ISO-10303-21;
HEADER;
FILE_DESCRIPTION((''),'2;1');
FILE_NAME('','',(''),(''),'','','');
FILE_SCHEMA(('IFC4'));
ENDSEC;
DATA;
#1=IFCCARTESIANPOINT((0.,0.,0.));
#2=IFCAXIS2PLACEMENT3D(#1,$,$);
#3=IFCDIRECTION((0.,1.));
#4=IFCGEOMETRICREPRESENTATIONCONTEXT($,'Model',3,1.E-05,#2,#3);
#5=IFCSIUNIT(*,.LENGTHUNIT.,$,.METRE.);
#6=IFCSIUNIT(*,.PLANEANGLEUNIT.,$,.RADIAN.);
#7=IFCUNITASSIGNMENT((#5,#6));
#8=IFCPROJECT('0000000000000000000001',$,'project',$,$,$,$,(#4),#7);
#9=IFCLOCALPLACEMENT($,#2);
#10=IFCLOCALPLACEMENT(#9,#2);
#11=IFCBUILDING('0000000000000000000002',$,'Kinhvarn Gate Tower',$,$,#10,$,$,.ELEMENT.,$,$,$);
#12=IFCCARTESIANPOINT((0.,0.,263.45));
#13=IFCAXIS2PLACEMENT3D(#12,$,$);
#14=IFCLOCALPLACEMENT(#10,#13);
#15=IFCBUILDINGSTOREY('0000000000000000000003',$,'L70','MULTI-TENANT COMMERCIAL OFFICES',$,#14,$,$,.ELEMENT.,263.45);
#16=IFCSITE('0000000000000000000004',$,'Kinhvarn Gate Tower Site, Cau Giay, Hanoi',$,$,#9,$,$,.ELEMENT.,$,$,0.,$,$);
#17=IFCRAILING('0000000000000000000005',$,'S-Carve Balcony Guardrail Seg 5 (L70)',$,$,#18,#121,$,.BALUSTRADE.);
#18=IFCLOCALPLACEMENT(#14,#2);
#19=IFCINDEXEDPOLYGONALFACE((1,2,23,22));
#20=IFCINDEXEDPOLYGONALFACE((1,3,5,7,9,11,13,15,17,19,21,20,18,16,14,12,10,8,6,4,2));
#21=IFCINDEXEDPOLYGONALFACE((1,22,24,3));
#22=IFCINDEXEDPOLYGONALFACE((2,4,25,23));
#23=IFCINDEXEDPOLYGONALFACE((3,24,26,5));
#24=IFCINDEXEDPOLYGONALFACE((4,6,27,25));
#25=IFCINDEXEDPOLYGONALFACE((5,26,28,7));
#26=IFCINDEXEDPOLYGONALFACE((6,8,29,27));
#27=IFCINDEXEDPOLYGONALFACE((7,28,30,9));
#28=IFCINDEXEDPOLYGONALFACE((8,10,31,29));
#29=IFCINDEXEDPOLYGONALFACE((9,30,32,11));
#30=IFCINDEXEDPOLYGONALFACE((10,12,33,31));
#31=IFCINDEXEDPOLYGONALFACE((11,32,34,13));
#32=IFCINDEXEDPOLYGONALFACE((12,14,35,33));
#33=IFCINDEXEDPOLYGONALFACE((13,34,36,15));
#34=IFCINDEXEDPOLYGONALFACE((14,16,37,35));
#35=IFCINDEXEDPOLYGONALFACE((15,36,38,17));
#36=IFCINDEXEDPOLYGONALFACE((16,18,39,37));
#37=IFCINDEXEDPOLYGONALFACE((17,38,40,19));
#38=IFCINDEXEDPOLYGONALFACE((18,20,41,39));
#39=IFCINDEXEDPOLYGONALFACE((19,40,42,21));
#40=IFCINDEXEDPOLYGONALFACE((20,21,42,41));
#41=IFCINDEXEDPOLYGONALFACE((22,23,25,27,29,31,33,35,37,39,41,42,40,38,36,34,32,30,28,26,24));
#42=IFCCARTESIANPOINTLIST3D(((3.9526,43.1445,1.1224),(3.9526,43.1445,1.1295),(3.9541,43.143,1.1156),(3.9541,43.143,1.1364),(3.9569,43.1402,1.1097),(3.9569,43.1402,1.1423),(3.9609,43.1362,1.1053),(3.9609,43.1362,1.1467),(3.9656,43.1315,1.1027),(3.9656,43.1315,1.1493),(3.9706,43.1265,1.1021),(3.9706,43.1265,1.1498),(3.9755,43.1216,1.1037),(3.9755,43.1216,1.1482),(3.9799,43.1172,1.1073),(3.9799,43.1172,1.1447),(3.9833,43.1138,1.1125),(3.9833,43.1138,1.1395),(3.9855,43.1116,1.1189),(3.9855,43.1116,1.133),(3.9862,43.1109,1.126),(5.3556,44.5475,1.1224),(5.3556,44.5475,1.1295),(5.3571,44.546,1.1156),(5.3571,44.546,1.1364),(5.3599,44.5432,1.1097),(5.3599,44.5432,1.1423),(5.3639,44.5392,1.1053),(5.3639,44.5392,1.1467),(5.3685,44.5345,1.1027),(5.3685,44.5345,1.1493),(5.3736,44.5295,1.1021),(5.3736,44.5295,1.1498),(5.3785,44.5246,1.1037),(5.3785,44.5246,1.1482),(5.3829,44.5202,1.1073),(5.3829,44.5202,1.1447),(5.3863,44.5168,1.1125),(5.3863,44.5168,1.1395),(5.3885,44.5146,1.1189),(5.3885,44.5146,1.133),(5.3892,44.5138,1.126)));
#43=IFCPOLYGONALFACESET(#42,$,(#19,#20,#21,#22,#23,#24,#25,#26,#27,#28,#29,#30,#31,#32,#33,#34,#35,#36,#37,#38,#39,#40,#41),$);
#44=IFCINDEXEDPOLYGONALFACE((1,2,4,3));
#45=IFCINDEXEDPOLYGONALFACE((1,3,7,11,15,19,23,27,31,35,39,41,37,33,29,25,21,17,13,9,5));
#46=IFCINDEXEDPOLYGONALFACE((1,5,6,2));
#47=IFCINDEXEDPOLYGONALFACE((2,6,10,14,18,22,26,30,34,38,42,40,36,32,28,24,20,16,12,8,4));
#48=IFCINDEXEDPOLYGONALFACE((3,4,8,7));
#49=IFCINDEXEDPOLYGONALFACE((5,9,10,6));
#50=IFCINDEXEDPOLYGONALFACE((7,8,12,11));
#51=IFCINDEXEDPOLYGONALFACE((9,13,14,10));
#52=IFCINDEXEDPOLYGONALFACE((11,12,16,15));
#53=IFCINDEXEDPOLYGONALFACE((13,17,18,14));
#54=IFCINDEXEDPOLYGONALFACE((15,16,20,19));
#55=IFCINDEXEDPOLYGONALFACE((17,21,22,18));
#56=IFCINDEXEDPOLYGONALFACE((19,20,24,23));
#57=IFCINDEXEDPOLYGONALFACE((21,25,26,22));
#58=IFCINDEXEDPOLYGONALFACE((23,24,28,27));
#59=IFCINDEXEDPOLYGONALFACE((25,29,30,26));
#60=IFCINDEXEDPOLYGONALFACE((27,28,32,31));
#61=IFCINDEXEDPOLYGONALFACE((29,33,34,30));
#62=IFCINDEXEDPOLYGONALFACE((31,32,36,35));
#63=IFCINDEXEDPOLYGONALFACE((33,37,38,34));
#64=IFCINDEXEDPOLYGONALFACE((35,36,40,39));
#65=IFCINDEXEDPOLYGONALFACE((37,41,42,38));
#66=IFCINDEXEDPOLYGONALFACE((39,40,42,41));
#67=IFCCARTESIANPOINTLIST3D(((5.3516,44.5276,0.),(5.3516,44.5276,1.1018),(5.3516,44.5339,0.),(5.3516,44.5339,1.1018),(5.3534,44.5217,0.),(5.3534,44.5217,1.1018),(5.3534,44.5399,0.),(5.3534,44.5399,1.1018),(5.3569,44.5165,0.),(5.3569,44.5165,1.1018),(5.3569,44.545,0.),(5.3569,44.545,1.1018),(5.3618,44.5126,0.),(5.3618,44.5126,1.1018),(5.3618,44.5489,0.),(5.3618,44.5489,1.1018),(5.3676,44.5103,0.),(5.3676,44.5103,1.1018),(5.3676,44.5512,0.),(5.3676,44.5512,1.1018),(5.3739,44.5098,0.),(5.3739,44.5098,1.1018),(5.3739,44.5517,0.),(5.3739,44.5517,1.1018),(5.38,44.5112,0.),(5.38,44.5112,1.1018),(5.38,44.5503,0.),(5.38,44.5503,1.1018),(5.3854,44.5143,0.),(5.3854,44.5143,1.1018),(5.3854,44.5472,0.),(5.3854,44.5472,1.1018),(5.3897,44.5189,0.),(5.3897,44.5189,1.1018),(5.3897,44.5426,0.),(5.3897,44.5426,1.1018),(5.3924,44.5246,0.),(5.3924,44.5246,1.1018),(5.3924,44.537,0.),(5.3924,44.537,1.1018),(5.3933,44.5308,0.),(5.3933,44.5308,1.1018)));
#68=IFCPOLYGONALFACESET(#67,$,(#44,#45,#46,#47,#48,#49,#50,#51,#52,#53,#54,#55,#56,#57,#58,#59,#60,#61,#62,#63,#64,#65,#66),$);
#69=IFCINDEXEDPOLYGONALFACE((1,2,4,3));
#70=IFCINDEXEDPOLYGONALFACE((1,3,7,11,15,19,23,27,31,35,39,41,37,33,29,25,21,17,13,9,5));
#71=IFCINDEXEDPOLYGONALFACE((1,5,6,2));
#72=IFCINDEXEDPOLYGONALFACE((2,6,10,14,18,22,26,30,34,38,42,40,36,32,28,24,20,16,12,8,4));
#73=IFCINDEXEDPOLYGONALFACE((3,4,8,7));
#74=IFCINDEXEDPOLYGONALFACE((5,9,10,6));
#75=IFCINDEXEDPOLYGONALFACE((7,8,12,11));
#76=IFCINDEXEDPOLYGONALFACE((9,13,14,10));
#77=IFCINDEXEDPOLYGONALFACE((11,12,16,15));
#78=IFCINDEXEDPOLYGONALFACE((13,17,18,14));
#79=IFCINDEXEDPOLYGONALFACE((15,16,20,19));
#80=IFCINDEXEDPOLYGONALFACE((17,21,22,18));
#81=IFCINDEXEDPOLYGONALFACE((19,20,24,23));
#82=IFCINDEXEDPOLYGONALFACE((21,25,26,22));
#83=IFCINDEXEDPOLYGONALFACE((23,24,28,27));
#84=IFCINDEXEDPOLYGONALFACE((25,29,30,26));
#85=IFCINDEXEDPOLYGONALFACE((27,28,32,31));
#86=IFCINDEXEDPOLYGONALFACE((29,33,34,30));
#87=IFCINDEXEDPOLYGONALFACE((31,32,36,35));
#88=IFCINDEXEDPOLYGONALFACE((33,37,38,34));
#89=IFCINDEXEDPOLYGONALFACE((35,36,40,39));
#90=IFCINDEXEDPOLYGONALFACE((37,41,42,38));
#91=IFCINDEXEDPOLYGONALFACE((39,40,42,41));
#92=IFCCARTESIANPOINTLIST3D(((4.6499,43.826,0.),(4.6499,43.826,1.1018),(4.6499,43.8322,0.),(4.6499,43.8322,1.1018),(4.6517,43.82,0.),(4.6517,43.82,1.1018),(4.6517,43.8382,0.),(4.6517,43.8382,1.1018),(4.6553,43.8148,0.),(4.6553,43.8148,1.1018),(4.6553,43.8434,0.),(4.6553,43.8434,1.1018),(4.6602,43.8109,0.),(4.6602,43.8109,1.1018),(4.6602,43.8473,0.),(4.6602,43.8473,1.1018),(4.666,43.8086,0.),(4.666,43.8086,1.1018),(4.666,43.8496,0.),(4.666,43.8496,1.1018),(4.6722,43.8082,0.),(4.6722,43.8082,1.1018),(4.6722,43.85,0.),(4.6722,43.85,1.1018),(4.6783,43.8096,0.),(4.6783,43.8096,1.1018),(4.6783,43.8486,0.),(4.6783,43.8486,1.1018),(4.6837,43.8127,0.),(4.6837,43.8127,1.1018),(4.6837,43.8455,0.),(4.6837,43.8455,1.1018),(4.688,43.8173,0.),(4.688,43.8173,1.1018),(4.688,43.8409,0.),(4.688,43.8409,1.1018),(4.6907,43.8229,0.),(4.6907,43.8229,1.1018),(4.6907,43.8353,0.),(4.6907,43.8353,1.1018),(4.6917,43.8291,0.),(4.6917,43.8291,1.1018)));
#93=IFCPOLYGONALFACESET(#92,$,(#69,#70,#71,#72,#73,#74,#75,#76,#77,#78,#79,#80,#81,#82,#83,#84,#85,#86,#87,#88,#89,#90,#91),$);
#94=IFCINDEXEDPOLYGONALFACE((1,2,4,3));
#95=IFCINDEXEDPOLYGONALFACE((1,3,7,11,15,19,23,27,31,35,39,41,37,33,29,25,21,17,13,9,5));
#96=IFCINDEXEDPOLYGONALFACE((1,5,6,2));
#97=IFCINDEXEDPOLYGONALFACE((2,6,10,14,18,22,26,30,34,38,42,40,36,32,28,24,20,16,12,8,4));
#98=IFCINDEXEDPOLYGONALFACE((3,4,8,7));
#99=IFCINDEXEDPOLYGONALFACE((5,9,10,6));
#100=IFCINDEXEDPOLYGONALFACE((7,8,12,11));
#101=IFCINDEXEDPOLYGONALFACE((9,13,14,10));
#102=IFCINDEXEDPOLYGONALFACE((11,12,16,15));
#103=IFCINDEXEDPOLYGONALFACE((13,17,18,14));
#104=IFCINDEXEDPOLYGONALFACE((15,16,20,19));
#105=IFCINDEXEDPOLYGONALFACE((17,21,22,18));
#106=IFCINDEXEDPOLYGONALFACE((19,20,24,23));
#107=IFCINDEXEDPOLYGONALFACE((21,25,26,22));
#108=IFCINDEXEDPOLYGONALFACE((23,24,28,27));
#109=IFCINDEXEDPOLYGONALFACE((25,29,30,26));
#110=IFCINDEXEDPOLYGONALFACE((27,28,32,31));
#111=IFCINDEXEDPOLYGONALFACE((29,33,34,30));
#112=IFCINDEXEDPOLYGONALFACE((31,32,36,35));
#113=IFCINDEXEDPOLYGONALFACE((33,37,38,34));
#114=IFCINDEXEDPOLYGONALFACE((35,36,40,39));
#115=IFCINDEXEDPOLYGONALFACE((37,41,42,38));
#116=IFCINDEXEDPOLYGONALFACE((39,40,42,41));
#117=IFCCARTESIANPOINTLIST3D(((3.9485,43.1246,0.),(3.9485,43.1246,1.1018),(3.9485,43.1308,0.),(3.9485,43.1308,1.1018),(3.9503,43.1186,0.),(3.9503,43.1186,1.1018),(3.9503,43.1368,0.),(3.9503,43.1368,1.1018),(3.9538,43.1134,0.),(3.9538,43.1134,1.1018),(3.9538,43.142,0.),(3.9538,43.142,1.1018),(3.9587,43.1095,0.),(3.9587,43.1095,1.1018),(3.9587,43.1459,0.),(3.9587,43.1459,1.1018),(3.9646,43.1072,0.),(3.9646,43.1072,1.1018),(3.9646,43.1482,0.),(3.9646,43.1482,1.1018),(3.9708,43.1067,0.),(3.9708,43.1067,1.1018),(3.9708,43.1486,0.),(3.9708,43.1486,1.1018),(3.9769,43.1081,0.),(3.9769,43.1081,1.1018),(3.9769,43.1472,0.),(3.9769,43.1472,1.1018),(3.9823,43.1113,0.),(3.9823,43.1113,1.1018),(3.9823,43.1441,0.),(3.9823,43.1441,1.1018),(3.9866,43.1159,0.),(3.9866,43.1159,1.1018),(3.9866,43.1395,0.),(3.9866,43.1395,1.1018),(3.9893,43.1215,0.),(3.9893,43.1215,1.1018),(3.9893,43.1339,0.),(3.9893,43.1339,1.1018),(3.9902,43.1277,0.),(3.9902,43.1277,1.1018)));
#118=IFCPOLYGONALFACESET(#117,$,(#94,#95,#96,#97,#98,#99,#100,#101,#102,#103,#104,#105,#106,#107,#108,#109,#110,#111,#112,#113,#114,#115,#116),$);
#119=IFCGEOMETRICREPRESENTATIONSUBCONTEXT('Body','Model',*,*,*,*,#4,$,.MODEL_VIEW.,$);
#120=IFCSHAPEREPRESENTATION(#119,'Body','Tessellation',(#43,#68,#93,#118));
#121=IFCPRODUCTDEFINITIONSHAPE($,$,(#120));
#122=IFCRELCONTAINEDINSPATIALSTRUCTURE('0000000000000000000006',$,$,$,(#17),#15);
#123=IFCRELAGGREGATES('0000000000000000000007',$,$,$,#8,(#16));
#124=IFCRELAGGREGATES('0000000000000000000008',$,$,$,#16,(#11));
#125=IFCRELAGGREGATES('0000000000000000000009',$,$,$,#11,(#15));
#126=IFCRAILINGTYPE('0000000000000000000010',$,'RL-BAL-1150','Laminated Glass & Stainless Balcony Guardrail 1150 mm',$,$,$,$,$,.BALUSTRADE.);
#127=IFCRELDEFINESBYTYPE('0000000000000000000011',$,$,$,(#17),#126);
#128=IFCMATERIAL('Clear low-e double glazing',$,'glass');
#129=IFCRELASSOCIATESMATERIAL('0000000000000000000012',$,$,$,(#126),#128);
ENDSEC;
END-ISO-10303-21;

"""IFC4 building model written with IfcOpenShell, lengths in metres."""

from ifc_helpers import new_model, si_unit, direction, frame, origin, origin_2d, place, context, subcontext, project, spatial, circle, extrude, material, type_object, element, save


model = new_model("IFC4")

# Units and contexts
model_context = context("Model", 3, precision=1e-05, world=origin(), true_north=direction((0.0, 1.0)))
body_context = subcontext(model_context, "Body", "Model", "MODEL_VIEW")
ifc_project = project(units=[si_unit("LENGTHUNIT", "METRE"), si_unit("PLANEANGLEUNIT", "RADIAN")], contexts=[model_context])

# Site, building, storey
site_placement = place(None, origin())
site = spatial("IfcSite", under=ifc_project, at=site_placement, Name="Kinhvarn Gate Tower Site, Cau Giay, Hanoi", CompositionType="ELEMENT", RefElevation=0.0)
building_placement = place(site_placement, origin())
building = spatial("IfcBuilding", under=site, at=building_placement, Name="Kinhvarn Gate Tower", CompositionType="ELEMENT")
storey_placement = place(building_placement, frame((0.0, 0.0, 263.45)))
storey = spatial("IfcBuildingStorey", under=building, at=storey_placement, Name="L70", Description="MULTI-TENANT COMMERCIAL OFFICES", CompositionType="ELEMENT", Elevation=263.45)

# Shared definitions
ifc_material_1 = material(Name="Clear low-e double glazing", Category="glass")

# Railing
railing_type = type_object("IfcRailingType", Name="RL-BAL-1150", Description="Laminated Glass & Stainless Balcony Guardrail 1150 mm", PredefinedType="BALUSTRADE", material=ifc_material_1)
railing_1_placement = place(storey_placement, frame((5.3723, 44.5308, 0.0)))
element("IfcRailing", 1, at=railing_1_placement, inside=storey, type_object=railing_type, Name="S-Carve Balcony Guardrail Seg 5 (L70)", PredefinedType="BALUSTRADE", context=body_context, shape_type="SweptSolid", body=[
    extrude(circle(Radius=0.0239, at=origin_2d()), frame((0.0, 0.0, 1.126), z_axis=(-0.707107, -0.707107, 0.0), x_axis=(0.707107, -0.707107, 0.0)), (0.0, 0.0, 1.0), 1.9841),
    extrude(circle(Radius=0.021, at=origin_2d()), origin(), (0.0, 0.0, 1.0), 1.1018),
    extrude(circle(Radius=0.021, at=origin_2d()), frame((-0.7017, -0.7017, 0.0)), (0.0, 0.0, 1.0), 1.1018),
    extrude(circle(Radius=0.021, at=origin_2d()), frame((-1.4031, -1.4031, 0.0)), (0.0, 0.0, 1.0), 1.1018),
])

save(model, "model.ifc")
